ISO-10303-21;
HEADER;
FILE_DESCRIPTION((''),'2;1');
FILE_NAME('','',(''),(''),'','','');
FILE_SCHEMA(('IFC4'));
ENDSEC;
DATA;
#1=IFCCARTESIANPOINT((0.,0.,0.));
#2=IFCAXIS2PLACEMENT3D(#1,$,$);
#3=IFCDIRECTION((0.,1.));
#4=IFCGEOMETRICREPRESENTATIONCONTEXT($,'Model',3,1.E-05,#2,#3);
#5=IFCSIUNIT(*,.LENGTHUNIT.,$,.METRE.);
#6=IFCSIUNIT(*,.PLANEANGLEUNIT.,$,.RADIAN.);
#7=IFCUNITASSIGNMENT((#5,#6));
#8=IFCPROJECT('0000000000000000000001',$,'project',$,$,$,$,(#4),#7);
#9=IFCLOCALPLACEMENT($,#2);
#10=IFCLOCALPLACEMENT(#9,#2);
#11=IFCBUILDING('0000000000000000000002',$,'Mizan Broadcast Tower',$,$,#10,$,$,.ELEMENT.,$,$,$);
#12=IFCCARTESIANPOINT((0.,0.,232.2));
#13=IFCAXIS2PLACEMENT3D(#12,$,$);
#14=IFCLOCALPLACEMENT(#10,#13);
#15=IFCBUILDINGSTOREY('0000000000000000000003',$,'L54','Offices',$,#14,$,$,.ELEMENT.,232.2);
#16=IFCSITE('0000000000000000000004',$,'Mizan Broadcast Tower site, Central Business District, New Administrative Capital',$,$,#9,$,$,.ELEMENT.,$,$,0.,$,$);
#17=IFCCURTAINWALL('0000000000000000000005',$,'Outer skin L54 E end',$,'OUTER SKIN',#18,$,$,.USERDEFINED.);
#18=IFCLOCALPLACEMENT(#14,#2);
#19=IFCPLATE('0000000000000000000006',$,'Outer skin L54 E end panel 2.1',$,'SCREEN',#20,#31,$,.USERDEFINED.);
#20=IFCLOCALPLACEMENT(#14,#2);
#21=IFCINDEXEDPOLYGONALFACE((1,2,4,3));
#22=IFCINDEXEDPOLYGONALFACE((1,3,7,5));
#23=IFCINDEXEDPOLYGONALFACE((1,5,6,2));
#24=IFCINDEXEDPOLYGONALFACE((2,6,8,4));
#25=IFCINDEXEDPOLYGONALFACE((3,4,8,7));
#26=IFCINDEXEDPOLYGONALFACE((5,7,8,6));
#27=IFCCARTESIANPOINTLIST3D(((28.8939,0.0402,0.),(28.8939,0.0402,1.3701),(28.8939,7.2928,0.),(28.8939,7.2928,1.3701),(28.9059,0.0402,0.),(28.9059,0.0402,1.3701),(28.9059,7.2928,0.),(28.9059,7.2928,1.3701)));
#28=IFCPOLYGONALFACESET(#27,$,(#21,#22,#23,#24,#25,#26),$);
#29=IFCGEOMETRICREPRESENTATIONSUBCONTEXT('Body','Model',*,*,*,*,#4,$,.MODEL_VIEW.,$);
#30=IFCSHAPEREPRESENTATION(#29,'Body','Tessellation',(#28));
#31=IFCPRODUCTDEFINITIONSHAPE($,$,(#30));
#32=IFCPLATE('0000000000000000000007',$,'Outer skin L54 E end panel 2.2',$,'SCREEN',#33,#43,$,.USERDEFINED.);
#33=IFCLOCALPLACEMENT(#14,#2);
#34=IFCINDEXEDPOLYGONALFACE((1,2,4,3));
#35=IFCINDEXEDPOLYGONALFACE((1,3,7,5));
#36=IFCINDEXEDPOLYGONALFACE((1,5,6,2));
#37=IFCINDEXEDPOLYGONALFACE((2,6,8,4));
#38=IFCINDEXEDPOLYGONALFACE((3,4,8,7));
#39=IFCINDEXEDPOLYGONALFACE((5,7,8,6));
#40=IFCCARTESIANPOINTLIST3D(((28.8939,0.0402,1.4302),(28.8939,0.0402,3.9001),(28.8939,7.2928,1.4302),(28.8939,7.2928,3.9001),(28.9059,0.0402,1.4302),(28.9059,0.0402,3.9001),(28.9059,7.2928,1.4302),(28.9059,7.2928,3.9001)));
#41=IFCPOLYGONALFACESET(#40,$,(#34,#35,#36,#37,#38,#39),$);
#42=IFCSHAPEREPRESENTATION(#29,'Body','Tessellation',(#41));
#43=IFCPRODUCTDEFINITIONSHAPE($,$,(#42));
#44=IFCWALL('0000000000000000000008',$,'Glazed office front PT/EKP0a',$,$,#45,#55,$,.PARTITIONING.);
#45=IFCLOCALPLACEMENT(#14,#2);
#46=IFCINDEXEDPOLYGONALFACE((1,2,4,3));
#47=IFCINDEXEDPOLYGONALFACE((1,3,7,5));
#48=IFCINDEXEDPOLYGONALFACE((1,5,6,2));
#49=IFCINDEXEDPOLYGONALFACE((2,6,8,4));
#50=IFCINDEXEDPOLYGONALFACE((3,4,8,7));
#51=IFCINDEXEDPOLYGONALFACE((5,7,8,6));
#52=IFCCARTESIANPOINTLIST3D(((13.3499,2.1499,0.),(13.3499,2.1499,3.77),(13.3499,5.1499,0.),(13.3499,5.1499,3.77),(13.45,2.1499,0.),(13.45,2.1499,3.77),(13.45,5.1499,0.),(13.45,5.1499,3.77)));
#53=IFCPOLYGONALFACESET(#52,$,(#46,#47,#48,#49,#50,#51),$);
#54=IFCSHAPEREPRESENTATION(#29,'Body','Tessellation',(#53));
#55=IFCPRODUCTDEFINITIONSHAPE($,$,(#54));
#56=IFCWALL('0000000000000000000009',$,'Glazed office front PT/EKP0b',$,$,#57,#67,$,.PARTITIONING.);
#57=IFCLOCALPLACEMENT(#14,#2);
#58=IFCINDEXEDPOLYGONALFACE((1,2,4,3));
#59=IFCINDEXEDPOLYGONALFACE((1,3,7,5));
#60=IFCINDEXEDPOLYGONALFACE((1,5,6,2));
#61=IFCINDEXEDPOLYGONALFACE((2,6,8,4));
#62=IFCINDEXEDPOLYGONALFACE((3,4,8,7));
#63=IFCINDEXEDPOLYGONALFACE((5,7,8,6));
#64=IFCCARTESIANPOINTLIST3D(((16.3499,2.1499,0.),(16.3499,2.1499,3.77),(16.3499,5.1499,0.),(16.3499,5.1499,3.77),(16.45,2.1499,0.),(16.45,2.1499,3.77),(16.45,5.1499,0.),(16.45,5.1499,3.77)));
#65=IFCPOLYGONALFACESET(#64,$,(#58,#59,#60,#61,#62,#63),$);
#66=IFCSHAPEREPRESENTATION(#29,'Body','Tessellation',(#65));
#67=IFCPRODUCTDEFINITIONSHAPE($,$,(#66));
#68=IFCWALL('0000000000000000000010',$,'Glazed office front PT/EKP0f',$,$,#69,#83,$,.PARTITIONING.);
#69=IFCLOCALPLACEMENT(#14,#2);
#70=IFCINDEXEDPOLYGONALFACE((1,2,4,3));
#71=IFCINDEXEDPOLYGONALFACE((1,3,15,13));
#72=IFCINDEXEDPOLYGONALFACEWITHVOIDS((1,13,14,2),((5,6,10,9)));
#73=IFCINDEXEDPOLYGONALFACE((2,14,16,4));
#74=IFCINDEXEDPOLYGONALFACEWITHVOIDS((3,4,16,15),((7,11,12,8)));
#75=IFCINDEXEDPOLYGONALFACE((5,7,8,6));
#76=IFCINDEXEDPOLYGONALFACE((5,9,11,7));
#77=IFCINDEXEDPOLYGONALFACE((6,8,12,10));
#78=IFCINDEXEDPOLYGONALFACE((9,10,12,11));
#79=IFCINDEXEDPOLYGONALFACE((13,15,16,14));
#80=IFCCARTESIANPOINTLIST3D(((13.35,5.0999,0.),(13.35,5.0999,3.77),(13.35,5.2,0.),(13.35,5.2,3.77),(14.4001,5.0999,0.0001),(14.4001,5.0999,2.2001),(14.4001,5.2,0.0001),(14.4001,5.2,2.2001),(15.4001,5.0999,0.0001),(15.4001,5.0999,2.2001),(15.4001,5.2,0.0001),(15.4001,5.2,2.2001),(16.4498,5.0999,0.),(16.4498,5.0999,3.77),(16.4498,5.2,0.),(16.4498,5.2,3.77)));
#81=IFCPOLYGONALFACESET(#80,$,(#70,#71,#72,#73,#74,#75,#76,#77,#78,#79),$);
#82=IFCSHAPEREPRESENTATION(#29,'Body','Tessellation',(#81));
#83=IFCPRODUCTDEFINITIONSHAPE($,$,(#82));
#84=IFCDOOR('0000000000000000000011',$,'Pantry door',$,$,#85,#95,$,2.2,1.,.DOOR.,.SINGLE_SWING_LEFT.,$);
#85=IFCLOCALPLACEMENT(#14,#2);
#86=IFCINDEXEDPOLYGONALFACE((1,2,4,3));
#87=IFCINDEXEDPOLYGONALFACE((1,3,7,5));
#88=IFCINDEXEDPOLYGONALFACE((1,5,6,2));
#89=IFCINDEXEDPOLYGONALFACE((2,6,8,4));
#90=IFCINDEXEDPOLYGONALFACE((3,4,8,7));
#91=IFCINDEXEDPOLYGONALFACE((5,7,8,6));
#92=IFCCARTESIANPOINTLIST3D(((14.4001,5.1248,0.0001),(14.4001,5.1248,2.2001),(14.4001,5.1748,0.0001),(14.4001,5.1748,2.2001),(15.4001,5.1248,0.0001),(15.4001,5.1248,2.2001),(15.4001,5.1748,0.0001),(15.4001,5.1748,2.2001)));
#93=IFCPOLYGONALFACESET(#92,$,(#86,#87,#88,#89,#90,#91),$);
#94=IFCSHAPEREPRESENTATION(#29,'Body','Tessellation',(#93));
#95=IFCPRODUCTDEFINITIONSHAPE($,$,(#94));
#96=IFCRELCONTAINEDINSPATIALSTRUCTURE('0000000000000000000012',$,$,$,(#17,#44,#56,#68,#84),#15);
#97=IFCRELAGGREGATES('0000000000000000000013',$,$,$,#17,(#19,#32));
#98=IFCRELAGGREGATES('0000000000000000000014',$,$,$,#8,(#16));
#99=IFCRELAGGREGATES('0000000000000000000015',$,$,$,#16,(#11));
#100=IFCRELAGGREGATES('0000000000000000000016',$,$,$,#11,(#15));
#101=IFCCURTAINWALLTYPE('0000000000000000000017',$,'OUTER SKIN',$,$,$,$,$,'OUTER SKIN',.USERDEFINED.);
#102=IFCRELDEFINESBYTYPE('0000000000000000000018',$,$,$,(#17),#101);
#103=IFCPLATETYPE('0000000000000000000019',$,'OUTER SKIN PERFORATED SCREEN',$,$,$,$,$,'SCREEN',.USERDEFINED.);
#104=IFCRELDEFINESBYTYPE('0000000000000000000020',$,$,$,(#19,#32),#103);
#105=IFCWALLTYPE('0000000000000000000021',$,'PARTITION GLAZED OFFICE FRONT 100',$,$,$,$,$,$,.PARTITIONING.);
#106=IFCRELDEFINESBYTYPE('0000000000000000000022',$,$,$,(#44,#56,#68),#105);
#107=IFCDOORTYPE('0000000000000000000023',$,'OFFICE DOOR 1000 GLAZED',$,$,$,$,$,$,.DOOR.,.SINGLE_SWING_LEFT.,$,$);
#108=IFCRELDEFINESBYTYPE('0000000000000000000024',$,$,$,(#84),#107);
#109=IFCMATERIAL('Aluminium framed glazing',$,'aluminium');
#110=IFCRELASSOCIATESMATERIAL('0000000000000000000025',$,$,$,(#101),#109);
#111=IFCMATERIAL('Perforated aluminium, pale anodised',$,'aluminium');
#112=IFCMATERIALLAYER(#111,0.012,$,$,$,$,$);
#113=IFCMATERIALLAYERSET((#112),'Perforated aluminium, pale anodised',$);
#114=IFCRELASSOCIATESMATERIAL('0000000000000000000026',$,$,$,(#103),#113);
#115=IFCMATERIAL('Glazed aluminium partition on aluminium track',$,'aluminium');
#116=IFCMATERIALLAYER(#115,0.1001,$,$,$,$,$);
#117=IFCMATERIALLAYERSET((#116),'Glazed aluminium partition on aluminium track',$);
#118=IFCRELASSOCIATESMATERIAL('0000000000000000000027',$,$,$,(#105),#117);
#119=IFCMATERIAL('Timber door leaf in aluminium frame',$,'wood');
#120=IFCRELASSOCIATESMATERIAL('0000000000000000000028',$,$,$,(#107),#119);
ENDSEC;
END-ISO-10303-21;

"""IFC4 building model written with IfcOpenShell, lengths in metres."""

from ifc_helpers import new_model, si_unit, direction, frame, frame_2d, origin, origin_2d, place, context, subcontext, project, spatial, rectangle, extrude, material, layer, layer_set, type_object, element, fill, aggregate, save


model = new_model("IFC4")

# Units and contexts
model_context = context("Model", 3, precision=1e-05, world=origin(), true_north=direction((0.0, 1.0)))
body_context = subcontext(model_context, "Body", "Model", "MODEL_VIEW")
ifc_project = project(units=[si_unit("LENGTHUNIT", "METRE"), si_unit("PLANEANGLEUNIT", "RADIAN")], contexts=[model_context])

# Site, building, storey
site_placement = place(None, origin())
site = spatial("IfcSite", under=ifc_project, at=site_placement, Name="Mizan Broadcast Tower site, Central Business District, New Administrative Capital", CompositionType="ELEMENT", RefElevation=0.0)
building_placement = place(site_placement, origin())
building = spatial("IfcBuilding", under=site, at=building_placement, Name="Mizan Broadcast Tower", CompositionType="ELEMENT")
storey_placement = place(building_placement, frame((0.0, 0.0, 232.2)))
storey = spatial("IfcBuildingStorey", under=building, at=storey_placement, Name="L54", Description="Offices", CompositionType="ELEMENT", Elevation=232.2)

# Curtain wall
ifc_material_1 = material(Name="Aluminium framed glazing", Category="aluminium")
curtain_wall_type_1 = type_object("IfcCurtainWallType", Name="OUTER SKIN", ElementType="OUTER SKIN", PredefinedType="USERDEFINED", material=ifc_material_1)
curtain_wall_1_placement = place(storey_placement, origin())
curtain_wall_1 = element("IfcCurtainWall", 1, at=curtain_wall_1_placement, inside=storey, type_object=curtain_wall_type_1, Name="Outer skin L54 E end", ObjectType="OUTER SKIN", PredefinedType="USERDEFINED")

# Plates
ifc_material_2 = material(Name="Perforated aluminium, pale anodised", Category="aluminium")
ifc_layer_1 = layer(ifc_material_2, 0.012)
ifc_layer_set_1 = layer_set([ifc_layer_1], Name="Perforated aluminium, pale anodised")
plate_type_1 = type_object("IfcPlateType", Name="OUTER SKIN PERFORATED SCREEN", ElementType="SCREEN", PredefinedType="USERDEFINED", material=ifc_layer_set_1)
plate_1_placement = place(storey_placement, frame((28.8999, 3.6665, 0.0), z_axis=(0.0, 0.0, 1.0), x_axis=(0.0, 1.0, 0.0)))
plate_1 = element("IfcPlate", 2, at=plate_1_placement, type_object=plate_type_1, Name="Outer skin L54 E end panel 2.1", ObjectType="SCREEN", PredefinedType="USERDEFINED", context=body_context, shape_type="SweptSolid", body=[
    extrude(rectangle(XDim=7.2527, YDim=0.012, at=origin_2d()), origin(), (0.0, 0.0, 1.0), 1.3701),
])
plate_2_placement = place(storey_placement, frame((28.8999, 3.6665, 1.4302), z_axis=(0.0, 0.0, 1.0), x_axis=(0.0, 1.0, 0.0)))
plate_2 = element("IfcPlate", 3, at=plate_2_placement, type_object=plate_type_1, Name="Outer skin L54 E end panel 2.2", ObjectType="SCREEN", PredefinedType="USERDEFINED", context=body_context, shape_type="SweptSolid", body=[
    extrude(rectangle(XDim=7.2527, YDim=0.012, at=origin_2d()), origin(), (0.0, 0.0, 1.0), 2.47),
])
aggregate(curtain_wall_1, [plate_1, plate_2])

# Walls
ifc_material_3 = material(Name="Glazed aluminium partition on aluminium track", Category="aluminium")
ifc_layer_2 = layer(ifc_material_3, 0.1001)
ifc_layer_set_2 = layer_set([ifc_layer_2], Name="Glazed aluminium partition on aluminium track")
wall_type = type_object("IfcWallType", Name="PARTITION GLAZED OFFICE FRONT 100", PredefinedType="PARTITIONING", material=ifc_layer_set_2)
for number, where, z_axis, x_axis, name in (
    (4, (13.3999, 2.1499, 0.0), (0.0, 0.0, 1.0), (0.0, 1.0, 0.0), "Glazed office front PT/EKP0a"),
    (5, (16.3999, 2.1499, 0.0), (0.0, 0.0, 1.0), (0.0, 1.0, 0.0), "Glazed office front PT/EKP0b"),
):
    element("IfcWall", number, at=place(storey_placement, frame(where, z_axis=z_axis, x_axis=x_axis)), inside=storey, type_object=wall_type, Name=name, PredefinedType="PARTITIONING", context=body_context, shape_type="SweptSolid", body=[
        extrude(rectangle(XDim=3.0, YDim=0.1001, at=frame_2d((1.5, 0.0))), origin(), (0.0, 0.0, 1.0), 3.77),
    ])

# Wall, opening, door
wall_placement = place(storey_placement, frame((13.3501, 5.1499, 0.0), z_axis=(0.0, 0.0, 1.0), x_axis=(1.0, 0.0, 0.0)))
wall = element("IfcWall", 6, at=wall_placement, inside=storey, type_object=wall_type, Name="Glazed office front PT/EKP0f", PredefinedType="PARTITIONING", context=body_context, shape_type="SweptSolid", body=[
    extrude(rectangle(XDim=3.0999, YDim=0.1001, at=frame_2d((1.5498, 0.0))), origin(), (0.0, 0.0, 1.0), 3.77),
])
opening_placement = place(wall_placement, frame((1.05, 0.0, 0.0)))
opening = element("IfcOpeningElement", 7, at=opening_placement, cuts=wall, PredefinedType="OPENING", context=body_context, shape_type="SweptSolid", body=[
    extrude(rectangle(XDim=1.0, YDim=2.2, at=frame_2d((0.5, 1.1001))), frame((0.0, 0.0601, 0.0), z_axis=(0.0, -1.0, 0.0), x_axis=(1.0, 0.0, 0.0)), (0.0, 0.0, 1.0), 0.1201),
])
ifc_material_4 = material(Name="Timber door leaf in aluminium frame", Category="wood")
door_type = type_object("IfcDoorType", Name="OFFICE DOOR 1000 GLAZED", OperationType="SINGLE_SWING_LEFT", PredefinedType="DOOR", material=ifc_material_4)
door_placement = place(opening_placement, origin())
door = element("IfcDoor", 8, at=door_placement, inside=storey, type_object=door_type, Name="Pantry door", OperationType="SINGLE_SWING_LEFT", OverallHeight=2.2, OverallWidth=1.0, PredefinedType="DOOR", context=body_context, shape_type="SweptSolid", body=[
    extrude(rectangle(XDim=1.0, YDim=2.2, at=frame_2d((0.5, 1.1001))), frame((0.0, 0.0249, 0.0), z_axis=(0.0, -1.0, 0.0), x_axis=(1.0, 0.0, 0.0)), (0.0, 0.0, 1.0), 0.05),
])
fill(opening, door)

save(model, "model.ifc")
